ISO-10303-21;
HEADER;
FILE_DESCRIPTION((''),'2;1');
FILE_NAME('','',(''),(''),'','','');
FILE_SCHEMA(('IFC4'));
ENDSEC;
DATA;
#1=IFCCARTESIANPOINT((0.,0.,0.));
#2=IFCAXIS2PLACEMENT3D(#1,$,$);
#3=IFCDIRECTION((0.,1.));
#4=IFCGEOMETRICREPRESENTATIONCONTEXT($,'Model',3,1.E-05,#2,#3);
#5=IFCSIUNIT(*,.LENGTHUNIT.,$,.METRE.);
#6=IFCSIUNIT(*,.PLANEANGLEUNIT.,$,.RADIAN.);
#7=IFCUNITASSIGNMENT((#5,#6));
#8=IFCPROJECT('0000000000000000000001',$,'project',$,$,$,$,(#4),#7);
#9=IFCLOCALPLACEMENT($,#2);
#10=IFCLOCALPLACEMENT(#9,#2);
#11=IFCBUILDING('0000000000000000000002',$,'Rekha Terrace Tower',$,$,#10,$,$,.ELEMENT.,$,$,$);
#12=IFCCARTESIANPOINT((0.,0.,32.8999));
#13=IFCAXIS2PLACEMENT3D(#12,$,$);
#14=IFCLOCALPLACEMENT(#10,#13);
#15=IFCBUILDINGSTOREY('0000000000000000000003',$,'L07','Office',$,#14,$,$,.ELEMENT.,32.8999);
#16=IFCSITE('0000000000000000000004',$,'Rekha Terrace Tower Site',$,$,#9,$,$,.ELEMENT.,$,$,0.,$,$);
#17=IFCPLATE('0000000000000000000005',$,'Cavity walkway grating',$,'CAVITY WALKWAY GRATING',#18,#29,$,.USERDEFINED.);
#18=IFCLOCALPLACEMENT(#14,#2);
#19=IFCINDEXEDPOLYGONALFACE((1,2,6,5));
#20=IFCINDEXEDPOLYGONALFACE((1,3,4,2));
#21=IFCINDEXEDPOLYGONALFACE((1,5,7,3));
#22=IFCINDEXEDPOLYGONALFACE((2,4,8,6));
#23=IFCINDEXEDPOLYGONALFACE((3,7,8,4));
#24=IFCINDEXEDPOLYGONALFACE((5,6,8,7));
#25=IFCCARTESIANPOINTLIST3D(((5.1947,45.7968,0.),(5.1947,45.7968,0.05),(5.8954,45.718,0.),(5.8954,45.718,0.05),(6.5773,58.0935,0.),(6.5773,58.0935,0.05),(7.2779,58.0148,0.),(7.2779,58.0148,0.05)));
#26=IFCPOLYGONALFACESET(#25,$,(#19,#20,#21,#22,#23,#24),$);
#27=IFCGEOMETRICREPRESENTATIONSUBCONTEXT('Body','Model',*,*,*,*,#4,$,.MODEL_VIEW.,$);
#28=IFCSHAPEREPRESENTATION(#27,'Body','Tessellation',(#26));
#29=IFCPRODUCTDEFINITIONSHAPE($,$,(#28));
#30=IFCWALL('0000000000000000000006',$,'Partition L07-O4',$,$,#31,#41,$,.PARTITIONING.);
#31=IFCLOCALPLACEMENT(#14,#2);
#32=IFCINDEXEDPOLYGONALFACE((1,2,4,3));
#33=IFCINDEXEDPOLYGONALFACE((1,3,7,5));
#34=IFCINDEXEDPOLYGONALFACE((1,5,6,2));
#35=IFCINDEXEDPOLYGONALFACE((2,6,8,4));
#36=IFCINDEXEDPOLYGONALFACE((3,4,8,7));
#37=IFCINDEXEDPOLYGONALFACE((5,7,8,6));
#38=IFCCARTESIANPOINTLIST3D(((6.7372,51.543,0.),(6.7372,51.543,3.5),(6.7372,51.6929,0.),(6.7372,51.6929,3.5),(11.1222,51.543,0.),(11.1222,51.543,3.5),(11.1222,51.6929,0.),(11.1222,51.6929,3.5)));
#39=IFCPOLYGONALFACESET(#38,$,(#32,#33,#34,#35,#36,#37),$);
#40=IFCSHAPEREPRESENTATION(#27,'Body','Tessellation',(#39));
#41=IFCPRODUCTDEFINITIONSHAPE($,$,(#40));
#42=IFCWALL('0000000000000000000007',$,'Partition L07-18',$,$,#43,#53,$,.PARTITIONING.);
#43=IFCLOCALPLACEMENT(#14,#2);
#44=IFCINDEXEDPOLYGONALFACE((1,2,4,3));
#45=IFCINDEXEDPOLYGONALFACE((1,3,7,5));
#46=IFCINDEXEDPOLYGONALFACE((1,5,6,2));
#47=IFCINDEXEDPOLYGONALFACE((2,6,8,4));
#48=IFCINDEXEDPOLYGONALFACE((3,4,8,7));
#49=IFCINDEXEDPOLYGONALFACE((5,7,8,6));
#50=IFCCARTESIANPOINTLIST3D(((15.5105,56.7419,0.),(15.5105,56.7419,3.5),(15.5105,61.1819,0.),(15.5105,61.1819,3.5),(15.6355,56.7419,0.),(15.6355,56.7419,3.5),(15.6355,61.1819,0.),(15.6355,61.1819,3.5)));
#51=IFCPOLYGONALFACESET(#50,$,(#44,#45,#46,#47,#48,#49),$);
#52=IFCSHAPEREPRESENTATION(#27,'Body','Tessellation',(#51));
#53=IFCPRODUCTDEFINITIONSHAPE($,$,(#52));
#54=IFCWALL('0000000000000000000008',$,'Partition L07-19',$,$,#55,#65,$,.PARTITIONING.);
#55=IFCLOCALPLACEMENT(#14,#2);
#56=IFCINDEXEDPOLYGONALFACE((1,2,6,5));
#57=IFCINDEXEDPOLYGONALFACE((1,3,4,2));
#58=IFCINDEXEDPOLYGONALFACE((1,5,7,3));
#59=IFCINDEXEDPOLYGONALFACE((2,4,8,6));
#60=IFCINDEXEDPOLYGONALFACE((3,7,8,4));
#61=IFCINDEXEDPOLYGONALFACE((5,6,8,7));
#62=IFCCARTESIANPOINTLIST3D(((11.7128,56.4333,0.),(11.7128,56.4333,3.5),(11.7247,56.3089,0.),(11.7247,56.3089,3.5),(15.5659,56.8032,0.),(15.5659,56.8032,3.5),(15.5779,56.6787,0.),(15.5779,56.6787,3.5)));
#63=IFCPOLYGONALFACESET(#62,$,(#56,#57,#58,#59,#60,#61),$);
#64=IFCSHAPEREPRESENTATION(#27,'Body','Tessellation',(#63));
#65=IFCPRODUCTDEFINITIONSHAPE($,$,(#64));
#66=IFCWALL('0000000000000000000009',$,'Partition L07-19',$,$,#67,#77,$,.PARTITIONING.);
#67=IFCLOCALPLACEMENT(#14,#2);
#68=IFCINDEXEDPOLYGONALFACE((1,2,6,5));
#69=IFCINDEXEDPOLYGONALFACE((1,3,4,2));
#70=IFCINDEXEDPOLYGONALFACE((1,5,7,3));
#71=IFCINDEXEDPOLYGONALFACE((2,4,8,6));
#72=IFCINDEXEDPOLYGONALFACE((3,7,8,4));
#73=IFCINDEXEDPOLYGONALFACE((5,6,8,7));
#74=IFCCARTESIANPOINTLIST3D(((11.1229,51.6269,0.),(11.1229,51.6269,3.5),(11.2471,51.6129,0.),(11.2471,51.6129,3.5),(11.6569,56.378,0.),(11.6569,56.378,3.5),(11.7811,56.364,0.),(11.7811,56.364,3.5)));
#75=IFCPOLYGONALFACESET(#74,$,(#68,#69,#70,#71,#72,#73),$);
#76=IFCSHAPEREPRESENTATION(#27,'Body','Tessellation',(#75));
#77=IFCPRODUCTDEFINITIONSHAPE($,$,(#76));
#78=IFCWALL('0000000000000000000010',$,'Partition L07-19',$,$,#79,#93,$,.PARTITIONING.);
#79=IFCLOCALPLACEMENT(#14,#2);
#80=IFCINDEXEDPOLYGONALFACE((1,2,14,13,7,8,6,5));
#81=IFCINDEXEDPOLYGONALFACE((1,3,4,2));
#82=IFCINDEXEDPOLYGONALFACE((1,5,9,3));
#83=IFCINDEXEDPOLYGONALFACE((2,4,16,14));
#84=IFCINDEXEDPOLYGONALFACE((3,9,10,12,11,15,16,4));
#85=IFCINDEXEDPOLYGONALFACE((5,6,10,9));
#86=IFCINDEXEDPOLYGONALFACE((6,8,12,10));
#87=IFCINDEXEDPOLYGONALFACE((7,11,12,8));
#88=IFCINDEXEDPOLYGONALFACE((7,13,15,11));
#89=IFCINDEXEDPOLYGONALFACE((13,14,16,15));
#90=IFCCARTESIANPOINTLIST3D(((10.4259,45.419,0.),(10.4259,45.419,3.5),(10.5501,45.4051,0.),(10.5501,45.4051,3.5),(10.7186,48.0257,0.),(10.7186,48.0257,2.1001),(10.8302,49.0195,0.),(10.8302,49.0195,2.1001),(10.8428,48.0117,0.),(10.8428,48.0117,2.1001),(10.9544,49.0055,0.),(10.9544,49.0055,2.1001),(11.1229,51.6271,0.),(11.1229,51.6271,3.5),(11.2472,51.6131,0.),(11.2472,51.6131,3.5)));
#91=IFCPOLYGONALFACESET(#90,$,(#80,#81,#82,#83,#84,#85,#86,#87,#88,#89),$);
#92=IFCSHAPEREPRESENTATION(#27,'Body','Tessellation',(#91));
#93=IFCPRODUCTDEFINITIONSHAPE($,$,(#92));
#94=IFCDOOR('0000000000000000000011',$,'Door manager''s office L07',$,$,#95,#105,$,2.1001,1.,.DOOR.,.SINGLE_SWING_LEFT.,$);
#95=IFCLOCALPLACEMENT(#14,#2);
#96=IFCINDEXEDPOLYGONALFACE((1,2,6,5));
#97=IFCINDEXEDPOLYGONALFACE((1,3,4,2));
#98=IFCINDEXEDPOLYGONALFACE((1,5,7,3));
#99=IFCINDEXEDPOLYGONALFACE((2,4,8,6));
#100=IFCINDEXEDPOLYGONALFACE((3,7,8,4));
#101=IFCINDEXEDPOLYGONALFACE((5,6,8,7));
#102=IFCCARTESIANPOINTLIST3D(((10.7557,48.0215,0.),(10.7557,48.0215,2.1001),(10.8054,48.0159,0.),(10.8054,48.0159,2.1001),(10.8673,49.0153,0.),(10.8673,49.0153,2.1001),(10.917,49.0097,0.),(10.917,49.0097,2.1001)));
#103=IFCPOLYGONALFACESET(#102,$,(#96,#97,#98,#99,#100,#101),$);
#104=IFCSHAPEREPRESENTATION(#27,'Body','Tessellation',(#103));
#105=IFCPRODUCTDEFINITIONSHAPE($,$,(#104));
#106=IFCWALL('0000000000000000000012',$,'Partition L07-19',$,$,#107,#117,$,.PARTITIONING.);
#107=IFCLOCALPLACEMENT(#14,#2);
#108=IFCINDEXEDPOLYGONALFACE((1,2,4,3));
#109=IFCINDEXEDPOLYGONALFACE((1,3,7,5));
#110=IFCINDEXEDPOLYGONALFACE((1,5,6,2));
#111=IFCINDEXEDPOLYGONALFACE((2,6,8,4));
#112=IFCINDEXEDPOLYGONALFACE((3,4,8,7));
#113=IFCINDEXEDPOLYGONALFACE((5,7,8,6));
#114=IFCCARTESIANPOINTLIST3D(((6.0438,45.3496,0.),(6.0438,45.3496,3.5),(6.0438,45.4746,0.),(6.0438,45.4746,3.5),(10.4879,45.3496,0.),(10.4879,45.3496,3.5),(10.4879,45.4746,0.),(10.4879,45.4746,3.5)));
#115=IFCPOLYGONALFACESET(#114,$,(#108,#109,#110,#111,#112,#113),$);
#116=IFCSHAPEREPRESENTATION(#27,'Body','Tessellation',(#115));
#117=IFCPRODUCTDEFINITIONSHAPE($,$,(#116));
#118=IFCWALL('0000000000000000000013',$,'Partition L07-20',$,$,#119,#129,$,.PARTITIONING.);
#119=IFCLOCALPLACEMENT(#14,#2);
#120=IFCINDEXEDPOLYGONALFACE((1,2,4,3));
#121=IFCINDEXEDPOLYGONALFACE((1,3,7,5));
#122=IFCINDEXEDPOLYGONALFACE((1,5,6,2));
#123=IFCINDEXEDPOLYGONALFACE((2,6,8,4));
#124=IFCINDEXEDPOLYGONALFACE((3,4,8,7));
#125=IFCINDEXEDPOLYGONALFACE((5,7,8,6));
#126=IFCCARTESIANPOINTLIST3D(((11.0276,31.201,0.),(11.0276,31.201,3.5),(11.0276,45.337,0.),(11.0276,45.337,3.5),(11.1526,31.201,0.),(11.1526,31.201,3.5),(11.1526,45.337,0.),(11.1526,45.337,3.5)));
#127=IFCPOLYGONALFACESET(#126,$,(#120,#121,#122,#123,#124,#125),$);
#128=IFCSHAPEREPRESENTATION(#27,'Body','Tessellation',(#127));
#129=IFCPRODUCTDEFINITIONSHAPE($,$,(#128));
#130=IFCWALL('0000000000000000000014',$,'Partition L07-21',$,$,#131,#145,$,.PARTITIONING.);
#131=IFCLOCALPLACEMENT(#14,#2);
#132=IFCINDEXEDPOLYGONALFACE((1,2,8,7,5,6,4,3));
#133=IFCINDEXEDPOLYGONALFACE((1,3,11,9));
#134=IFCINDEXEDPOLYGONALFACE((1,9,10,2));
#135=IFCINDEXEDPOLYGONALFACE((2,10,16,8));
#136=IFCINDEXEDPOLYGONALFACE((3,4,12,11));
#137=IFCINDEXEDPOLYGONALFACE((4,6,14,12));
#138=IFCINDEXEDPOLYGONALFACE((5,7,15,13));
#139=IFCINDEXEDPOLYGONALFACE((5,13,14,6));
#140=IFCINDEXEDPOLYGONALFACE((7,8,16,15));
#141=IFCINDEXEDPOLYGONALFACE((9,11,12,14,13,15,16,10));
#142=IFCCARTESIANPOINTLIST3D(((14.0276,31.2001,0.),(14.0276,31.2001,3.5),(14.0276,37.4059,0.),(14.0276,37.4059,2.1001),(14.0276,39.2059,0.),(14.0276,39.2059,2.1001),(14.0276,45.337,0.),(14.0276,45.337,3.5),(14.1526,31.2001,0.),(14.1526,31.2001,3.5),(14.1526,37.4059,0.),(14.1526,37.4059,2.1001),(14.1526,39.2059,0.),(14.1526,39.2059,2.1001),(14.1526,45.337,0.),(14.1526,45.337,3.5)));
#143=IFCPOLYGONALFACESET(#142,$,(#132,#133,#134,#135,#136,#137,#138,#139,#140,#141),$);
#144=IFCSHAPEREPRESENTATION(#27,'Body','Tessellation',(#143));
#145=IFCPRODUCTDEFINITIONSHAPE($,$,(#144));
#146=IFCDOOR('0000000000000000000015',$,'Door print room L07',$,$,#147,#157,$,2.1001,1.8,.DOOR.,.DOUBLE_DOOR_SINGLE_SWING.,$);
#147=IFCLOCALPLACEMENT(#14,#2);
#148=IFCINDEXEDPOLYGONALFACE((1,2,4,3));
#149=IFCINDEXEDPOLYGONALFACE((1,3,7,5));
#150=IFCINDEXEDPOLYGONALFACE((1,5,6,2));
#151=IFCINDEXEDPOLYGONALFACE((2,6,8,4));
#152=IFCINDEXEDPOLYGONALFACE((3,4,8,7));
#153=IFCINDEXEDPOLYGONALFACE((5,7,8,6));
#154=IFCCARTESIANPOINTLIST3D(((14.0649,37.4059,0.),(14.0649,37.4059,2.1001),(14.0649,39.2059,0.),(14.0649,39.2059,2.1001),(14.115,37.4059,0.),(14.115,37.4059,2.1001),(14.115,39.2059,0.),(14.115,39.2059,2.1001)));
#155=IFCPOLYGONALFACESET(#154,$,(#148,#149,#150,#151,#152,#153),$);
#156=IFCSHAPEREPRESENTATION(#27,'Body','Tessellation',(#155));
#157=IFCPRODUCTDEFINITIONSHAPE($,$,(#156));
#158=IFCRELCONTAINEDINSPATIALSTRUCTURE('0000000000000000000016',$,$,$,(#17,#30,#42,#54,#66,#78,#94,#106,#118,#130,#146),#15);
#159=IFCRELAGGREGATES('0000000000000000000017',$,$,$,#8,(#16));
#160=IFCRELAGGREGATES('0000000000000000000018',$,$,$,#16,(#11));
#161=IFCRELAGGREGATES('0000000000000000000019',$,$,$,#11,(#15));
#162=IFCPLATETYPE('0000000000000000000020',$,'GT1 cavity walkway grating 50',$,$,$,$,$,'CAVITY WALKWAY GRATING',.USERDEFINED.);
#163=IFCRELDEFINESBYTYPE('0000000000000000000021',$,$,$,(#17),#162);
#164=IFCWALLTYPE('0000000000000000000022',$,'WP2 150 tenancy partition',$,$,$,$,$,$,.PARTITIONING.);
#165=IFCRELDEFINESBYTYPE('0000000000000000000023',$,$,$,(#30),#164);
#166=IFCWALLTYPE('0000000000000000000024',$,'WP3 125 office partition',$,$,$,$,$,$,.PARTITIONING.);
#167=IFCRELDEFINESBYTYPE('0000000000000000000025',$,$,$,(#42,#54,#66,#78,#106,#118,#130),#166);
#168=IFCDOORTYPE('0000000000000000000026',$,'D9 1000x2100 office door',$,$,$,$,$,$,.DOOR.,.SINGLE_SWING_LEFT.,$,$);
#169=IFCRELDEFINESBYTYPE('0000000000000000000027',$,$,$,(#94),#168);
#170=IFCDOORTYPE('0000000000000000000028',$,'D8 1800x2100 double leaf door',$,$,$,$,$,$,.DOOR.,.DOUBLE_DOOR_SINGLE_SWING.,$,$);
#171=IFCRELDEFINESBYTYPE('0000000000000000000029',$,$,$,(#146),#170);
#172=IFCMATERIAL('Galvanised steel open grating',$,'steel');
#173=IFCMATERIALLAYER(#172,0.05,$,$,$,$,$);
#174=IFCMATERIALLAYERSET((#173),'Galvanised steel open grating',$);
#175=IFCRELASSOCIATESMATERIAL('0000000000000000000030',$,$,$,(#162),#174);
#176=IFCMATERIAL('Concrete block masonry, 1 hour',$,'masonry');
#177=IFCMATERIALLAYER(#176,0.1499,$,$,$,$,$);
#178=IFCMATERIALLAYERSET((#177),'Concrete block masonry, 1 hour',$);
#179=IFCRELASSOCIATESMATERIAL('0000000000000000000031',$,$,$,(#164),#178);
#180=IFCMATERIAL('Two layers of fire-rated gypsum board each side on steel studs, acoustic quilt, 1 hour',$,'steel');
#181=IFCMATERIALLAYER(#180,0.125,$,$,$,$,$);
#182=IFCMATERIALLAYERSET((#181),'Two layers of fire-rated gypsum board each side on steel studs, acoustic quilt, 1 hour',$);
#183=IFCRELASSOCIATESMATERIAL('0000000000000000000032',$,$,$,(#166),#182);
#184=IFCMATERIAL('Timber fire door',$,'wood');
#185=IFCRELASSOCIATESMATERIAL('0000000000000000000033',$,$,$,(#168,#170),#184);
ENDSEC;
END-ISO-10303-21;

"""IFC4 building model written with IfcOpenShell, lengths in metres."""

from ifc_helpers import new_model, si_unit, direction, frame, frame_2d, origin, origin_2d, place, context, subcontext, project, spatial, rectangle, extrude, material, layer, layer_set, type_object, element, fill, save


model = new_model("IFC4")

# Units and contexts
model_context = context("Model", 3, precision=1e-05, world=origin(), true_north=direction((0.0, 1.0)))
body_context = subcontext(model_context, "Body", "Model", "MODEL_VIEW")
ifc_project = project(units=[si_unit("LENGTHUNIT", "METRE"), si_unit("PLANEANGLEUNIT", "RADIAN")], contexts=[model_context])

# Site, building, storey
site_placement = place(None, origin())
site = spatial("IfcSite", under=ifc_project, at=site_placement, Name="Rekha Terrace Tower Site", CompositionType="ELEMENT", RefElevation=0.0)
building_placement = place(site_placement, origin())
building = spatial("IfcBuilding", under=site, at=building_placement, Name="Rekha Terrace Tower", CompositionType="ELEMENT")
storey_placement = place(building_placement, frame((0.0, 0.0, 32.8999)))
storey = spatial("IfcBuildingStorey", under=building, at=storey_placement, Name="L07", Description="Office", CompositionType="ELEMENT", Elevation=32.8999)

# Plate
ifc_material_1 = material(Name="Galvanised steel open grating", Category="steel")
ifc_layer_1 = layer(ifc_material_1, 0.05)
ifc_layer_set_1 = layer_set([ifc_layer_1], Name="Galvanised steel open grating")
plate_type_1 = type_object("IfcPlateType", Name="GT1 cavity walkway grating 50", ElementType="CAVITY WALKWAY GRATING", PredefinedType="USERDEFINED", material=ifc_layer_set_1)
plate_1_placement = place(storey_placement, frame((6.2363, 51.9058, 0.0), z_axis=(0.0, 0.0, 1.0), x_axis=(-0.11173, -0.993739, 0.0)))
element("IfcPlate", 1, at=plate_1_placement, inside=storey, type_object=plate_type_1, Name="Cavity walkway grating", ObjectType="CAVITY WALKWAY GRATING", PredefinedType="USERDEFINED", context=body_context, shape_type="SweptSolid", body=[
    extrude(rectangle(XDim=12.3743, YDim=0.7051, at=origin_2d()), origin(), (0.0, 0.0, 1.0), 0.05),
])

# Walls
ifc_material_2 = material(Name="Concrete block masonry, 1 hour", Category="masonry")
ifc_layer_2 = layer(ifc_material_2, 0.1499)
ifc_layer_set_2 = layer_set([ifc_layer_2], Name="Concrete block masonry, 1 hour")
wall_type_1 = type_object("IfcWallType", Name="WP2 150 tenancy partition", PredefinedType="PARTITIONING", material=ifc_layer_set_2)
wall_1_placement = place(storey_placement, frame((11.1221, 51.6179, 0.0), z_axis=(0.0, 0.0, 1.0), x_axis=(-1.0, 0.0, 0.0)))
element("IfcWall", 2, at=wall_1_placement, inside=storey, type_object=wall_type_1, Name="Partition L07-O4", PredefinedType="PARTITIONING", context=body_context, shape_type="SweptSolid", body=[
    extrude(rectangle(XDim=4.385, YDim=0.1499, at=frame_2d((2.1924, 0.0))), origin(), (0.0, 0.0, 1.0), 3.5),
])
ifc_material_3 = material(Name="Two layers of fire-rated gypsum board each side on steel studs, acoustic quilt, 1 hour", Category="steel")
ifc_layer_3 = layer(ifc_material_3, 0.125)
ifc_layer_set_3 = layer_set([ifc_layer_3], Name="Two layers of fire-rated gypsum board each side on steel studs, acoustic quilt, 1 hour")
wall_type_2 = type_object("IfcWallType", Name="WP3 125 office partition", PredefinedType="PARTITIONING", material=ifc_layer_set_3)
wall_2_placement = place(storey_placement, frame((15.573, 56.7419, 0.0), z_axis=(0.0, 0.0, 1.0), x_axis=(0.0, 1.0, 0.0)))
element("IfcWall", 3, at=wall_2_placement, inside=storey, type_object=wall_type_2, Name="Partition L07-18", PredefinedType="PARTITIONING", context=body_context, shape_type="SweptSolid", body=[
    extrude(rectangle(XDim=4.4399, YDim=0.125, at=frame_2d((2.22, 0.0))), origin(), (0.0, 0.0, 1.0), 3.5),
])
wall_3_placement = place(storey_placement, frame((15.572, 56.741, 0.0), z_axis=(0.0, 0.0, 1.0), x_axis=(-0.995424, -0.095556, 0.0)))
element("IfcWall", 4, at=wall_3_placement, inside=storey, type_object=wall_type_2, Name="Partition L07-19", PredefinedType="PARTITIONING", context=body_context, shape_type="SweptSolid", body=[
    extrude(rectangle(XDim=3.8708, YDim=0.125, at=frame_2d((1.9355, 0.0))), origin(), (0.0, 0.0, 1.0), 3.5),
])
wall_4_placement = place(storey_placement, frame((11.719, 56.3711, 0.0), z_axis=(0.0, 0.0, 1.0), x_axis=(-0.111681, -0.993744, 0.0)))
element("IfcWall", 5, at=wall_4_placement, inside=storey, type_object=wall_type_2, Name="Partition L07-19", PredefinedType="PARTITIONING", context=body_context, shape_type="SweptSolid", body=[
    extrude(rectangle(XDim=4.781, YDim=0.125, at=frame_2d((2.3906, 0.0))), origin(), (0.0, 0.0, 1.0), 3.5),
])

# Wall, opening, door
wall_5_placement = place(storey_placement, frame((11.1851, 51.6201, 0.0), z_axis=(0.0, 0.0, 1.0), x_axis=(-0.111577, -0.993756, 0.0)))
wall_5 = element("IfcWall", 6, at=wall_5_placement, inside=storey, type_object=wall_type_2, Name="Partition L07-19", PredefinedType="PARTITIONING", context=body_context, shape_type="SweptSolid", body=[
    extrude(rectangle(XDim=6.2471, YDim=0.125, at=frame_2d((3.1235, 0.0))), origin(), (0.0, 0.0, 1.0), 3.5),
])
opening_1_placement = place(wall_5_placement, frame((2.624, 0.0, 0.0)))
opening_1 = element("IfcOpeningElement", 7, at=opening_1_placement, cuts=wall_5, PredefinedType="OPENING", context=body_context, shape_type="SweptSolid", body=[
    extrude(rectangle(XDim=1.0, YDim=2.1001, at=frame_2d((0.5, 1.05))), frame((0.0, 0.0725, 0.0), z_axis=(0.0, -1.0, 0.0), x_axis=(1.0, 0.0, 0.0)), (0.0, 0.0, 1.0), 0.145),
])
ifc_material_4 = material(Name="Timber fire door", Category="wood")
door_type_1 = type_object("IfcDoorType", Name="D9 1000x2100 office door", OperationType="SINGLE_SWING_LEFT", PredefinedType="DOOR", material=ifc_material_4)
door_1_placement = place(opening_1_placement, origin())
door_1 = element("IfcDoor", 8, at=door_1_placement, inside=storey, type_object=door_type_1, Name="Door manager's office L07", OperationType="SINGLE_SWING_LEFT", OverallHeight=2.1001, OverallWidth=1.0, PredefinedType="DOOR", context=body_context, shape_type="SweptSolid", body=[
    extrude(rectangle(XDim=1.0, YDim=2.1001, at=frame_2d((0.5, 1.05))), frame((0.0, 0.0249, 0.0), z_axis=(0.0, -1.0, 0.0), x_axis=(1.0, 0.0, 0.0)), (0.0, 0.0, 1.0), 0.05),
])
fill(opening_1, door_1)

# Walls
wall_6_placement = place(storey_placement, frame((10.488, 45.4121, 0.0), z_axis=(0.0, 0.0, 1.0), x_axis=(-1.0, 0.0, 0.0)))
element("IfcWall", 9, at=wall_6_placement, inside=storey, type_object=wall_type_2, Name="Partition L07-19", PredefinedType="PARTITIONING", context=body_context, shape_type="SweptSolid", body=[
    extrude(rectangle(XDim=4.4441, YDim=0.125, at=frame_2d((2.2222, 0.0))), origin(), (0.0, 0.0, 1.0), 3.5),
])
wall_7_placement = place(storey_placement, frame((11.0901, 45.3369, 0.0), z_axis=(0.0, 0.0, 1.0), x_axis=(0.0, -1.0, 0.0)))
element("IfcWall", 10, at=wall_7_placement, inside=storey, type_object=wall_type_2, Name="Partition L07-20", PredefinedType="PARTITIONING", context=body_context, shape_type="SweptSolid", body=[
    extrude(rectangle(XDim=14.136, YDim=0.125, at=frame_2d((7.0679, 0.0))), origin(), (0.0, 0.0, 1.0), 3.5),
])

# Wall, opening, door
wall_8_placement = place(storey_placement, frame((14.0901, 45.3369, 0.0), z_axis=(0.0, 0.0, 1.0), x_axis=(0.0, -1.0, 0.0)))
wall_8 = element("IfcWall", 11, at=wall_8_placement, inside=storey, type_object=wall_type_2, Name="Partition L07-21", PredefinedType="PARTITIONING", context=body_context, shape_type="SweptSolid", body=[
    extrude(rectangle(XDim=14.137, YDim=0.125, at=frame_2d((7.0684, 0.0))), origin(), (0.0, 0.0, 1.0), 3.5),
])
opening_2_placement = place(wall_8_placement, frame((6.1311, 0.0, 0.0)))
opening_2 = element("IfcOpeningElement", 12, at=opening_2_placement, cuts=wall_8, PredefinedType="OPENING", context=body_context, shape_type="SweptSolid", body=[
    extrude(rectangle(XDim=1.8, YDim=2.1001, at=frame_2d((0.8999, 1.05))), frame((0.0, 0.0725, 0.0), z_axis=(0.0, -1.0, 0.0), x_axis=(1.0, 0.0, 0.0)), (0.0, 0.0, 1.0), 0.145),
])
door_type_2 = type_object("IfcDoorType", Name="D8 1800x2100 double leaf door", OperationType="DOUBLE_DOOR_SINGLE_SWING", PredefinedType="DOOR", material=ifc_material_4)
door_2_placement = place(opening_2_placement, origin())
door_2 = element("IfcDoor", 13, at=door_2_placement, inside=storey, type_object=door_type_2, Name="Door print room L07", OperationType="DOUBLE_DOOR_SINGLE_SWING", OverallHeight=2.1001, OverallWidth=1.8, PredefinedType="DOOR", context=body_context, shape_type="SweptSolid", body=[
    extrude(rectangle(XDim=1.8, YDim=2.1001, at=frame_2d((0.8999, 1.05))), frame((0.0, 0.0249, 0.0), z_axis=(0.0, -1.0, 0.0), x_axis=(1.0, 0.0, 0.0)), (0.0, 0.0, 1.0), 0.05),
])
fill(opening_2, door_2)

save(model, "model.ifc")
